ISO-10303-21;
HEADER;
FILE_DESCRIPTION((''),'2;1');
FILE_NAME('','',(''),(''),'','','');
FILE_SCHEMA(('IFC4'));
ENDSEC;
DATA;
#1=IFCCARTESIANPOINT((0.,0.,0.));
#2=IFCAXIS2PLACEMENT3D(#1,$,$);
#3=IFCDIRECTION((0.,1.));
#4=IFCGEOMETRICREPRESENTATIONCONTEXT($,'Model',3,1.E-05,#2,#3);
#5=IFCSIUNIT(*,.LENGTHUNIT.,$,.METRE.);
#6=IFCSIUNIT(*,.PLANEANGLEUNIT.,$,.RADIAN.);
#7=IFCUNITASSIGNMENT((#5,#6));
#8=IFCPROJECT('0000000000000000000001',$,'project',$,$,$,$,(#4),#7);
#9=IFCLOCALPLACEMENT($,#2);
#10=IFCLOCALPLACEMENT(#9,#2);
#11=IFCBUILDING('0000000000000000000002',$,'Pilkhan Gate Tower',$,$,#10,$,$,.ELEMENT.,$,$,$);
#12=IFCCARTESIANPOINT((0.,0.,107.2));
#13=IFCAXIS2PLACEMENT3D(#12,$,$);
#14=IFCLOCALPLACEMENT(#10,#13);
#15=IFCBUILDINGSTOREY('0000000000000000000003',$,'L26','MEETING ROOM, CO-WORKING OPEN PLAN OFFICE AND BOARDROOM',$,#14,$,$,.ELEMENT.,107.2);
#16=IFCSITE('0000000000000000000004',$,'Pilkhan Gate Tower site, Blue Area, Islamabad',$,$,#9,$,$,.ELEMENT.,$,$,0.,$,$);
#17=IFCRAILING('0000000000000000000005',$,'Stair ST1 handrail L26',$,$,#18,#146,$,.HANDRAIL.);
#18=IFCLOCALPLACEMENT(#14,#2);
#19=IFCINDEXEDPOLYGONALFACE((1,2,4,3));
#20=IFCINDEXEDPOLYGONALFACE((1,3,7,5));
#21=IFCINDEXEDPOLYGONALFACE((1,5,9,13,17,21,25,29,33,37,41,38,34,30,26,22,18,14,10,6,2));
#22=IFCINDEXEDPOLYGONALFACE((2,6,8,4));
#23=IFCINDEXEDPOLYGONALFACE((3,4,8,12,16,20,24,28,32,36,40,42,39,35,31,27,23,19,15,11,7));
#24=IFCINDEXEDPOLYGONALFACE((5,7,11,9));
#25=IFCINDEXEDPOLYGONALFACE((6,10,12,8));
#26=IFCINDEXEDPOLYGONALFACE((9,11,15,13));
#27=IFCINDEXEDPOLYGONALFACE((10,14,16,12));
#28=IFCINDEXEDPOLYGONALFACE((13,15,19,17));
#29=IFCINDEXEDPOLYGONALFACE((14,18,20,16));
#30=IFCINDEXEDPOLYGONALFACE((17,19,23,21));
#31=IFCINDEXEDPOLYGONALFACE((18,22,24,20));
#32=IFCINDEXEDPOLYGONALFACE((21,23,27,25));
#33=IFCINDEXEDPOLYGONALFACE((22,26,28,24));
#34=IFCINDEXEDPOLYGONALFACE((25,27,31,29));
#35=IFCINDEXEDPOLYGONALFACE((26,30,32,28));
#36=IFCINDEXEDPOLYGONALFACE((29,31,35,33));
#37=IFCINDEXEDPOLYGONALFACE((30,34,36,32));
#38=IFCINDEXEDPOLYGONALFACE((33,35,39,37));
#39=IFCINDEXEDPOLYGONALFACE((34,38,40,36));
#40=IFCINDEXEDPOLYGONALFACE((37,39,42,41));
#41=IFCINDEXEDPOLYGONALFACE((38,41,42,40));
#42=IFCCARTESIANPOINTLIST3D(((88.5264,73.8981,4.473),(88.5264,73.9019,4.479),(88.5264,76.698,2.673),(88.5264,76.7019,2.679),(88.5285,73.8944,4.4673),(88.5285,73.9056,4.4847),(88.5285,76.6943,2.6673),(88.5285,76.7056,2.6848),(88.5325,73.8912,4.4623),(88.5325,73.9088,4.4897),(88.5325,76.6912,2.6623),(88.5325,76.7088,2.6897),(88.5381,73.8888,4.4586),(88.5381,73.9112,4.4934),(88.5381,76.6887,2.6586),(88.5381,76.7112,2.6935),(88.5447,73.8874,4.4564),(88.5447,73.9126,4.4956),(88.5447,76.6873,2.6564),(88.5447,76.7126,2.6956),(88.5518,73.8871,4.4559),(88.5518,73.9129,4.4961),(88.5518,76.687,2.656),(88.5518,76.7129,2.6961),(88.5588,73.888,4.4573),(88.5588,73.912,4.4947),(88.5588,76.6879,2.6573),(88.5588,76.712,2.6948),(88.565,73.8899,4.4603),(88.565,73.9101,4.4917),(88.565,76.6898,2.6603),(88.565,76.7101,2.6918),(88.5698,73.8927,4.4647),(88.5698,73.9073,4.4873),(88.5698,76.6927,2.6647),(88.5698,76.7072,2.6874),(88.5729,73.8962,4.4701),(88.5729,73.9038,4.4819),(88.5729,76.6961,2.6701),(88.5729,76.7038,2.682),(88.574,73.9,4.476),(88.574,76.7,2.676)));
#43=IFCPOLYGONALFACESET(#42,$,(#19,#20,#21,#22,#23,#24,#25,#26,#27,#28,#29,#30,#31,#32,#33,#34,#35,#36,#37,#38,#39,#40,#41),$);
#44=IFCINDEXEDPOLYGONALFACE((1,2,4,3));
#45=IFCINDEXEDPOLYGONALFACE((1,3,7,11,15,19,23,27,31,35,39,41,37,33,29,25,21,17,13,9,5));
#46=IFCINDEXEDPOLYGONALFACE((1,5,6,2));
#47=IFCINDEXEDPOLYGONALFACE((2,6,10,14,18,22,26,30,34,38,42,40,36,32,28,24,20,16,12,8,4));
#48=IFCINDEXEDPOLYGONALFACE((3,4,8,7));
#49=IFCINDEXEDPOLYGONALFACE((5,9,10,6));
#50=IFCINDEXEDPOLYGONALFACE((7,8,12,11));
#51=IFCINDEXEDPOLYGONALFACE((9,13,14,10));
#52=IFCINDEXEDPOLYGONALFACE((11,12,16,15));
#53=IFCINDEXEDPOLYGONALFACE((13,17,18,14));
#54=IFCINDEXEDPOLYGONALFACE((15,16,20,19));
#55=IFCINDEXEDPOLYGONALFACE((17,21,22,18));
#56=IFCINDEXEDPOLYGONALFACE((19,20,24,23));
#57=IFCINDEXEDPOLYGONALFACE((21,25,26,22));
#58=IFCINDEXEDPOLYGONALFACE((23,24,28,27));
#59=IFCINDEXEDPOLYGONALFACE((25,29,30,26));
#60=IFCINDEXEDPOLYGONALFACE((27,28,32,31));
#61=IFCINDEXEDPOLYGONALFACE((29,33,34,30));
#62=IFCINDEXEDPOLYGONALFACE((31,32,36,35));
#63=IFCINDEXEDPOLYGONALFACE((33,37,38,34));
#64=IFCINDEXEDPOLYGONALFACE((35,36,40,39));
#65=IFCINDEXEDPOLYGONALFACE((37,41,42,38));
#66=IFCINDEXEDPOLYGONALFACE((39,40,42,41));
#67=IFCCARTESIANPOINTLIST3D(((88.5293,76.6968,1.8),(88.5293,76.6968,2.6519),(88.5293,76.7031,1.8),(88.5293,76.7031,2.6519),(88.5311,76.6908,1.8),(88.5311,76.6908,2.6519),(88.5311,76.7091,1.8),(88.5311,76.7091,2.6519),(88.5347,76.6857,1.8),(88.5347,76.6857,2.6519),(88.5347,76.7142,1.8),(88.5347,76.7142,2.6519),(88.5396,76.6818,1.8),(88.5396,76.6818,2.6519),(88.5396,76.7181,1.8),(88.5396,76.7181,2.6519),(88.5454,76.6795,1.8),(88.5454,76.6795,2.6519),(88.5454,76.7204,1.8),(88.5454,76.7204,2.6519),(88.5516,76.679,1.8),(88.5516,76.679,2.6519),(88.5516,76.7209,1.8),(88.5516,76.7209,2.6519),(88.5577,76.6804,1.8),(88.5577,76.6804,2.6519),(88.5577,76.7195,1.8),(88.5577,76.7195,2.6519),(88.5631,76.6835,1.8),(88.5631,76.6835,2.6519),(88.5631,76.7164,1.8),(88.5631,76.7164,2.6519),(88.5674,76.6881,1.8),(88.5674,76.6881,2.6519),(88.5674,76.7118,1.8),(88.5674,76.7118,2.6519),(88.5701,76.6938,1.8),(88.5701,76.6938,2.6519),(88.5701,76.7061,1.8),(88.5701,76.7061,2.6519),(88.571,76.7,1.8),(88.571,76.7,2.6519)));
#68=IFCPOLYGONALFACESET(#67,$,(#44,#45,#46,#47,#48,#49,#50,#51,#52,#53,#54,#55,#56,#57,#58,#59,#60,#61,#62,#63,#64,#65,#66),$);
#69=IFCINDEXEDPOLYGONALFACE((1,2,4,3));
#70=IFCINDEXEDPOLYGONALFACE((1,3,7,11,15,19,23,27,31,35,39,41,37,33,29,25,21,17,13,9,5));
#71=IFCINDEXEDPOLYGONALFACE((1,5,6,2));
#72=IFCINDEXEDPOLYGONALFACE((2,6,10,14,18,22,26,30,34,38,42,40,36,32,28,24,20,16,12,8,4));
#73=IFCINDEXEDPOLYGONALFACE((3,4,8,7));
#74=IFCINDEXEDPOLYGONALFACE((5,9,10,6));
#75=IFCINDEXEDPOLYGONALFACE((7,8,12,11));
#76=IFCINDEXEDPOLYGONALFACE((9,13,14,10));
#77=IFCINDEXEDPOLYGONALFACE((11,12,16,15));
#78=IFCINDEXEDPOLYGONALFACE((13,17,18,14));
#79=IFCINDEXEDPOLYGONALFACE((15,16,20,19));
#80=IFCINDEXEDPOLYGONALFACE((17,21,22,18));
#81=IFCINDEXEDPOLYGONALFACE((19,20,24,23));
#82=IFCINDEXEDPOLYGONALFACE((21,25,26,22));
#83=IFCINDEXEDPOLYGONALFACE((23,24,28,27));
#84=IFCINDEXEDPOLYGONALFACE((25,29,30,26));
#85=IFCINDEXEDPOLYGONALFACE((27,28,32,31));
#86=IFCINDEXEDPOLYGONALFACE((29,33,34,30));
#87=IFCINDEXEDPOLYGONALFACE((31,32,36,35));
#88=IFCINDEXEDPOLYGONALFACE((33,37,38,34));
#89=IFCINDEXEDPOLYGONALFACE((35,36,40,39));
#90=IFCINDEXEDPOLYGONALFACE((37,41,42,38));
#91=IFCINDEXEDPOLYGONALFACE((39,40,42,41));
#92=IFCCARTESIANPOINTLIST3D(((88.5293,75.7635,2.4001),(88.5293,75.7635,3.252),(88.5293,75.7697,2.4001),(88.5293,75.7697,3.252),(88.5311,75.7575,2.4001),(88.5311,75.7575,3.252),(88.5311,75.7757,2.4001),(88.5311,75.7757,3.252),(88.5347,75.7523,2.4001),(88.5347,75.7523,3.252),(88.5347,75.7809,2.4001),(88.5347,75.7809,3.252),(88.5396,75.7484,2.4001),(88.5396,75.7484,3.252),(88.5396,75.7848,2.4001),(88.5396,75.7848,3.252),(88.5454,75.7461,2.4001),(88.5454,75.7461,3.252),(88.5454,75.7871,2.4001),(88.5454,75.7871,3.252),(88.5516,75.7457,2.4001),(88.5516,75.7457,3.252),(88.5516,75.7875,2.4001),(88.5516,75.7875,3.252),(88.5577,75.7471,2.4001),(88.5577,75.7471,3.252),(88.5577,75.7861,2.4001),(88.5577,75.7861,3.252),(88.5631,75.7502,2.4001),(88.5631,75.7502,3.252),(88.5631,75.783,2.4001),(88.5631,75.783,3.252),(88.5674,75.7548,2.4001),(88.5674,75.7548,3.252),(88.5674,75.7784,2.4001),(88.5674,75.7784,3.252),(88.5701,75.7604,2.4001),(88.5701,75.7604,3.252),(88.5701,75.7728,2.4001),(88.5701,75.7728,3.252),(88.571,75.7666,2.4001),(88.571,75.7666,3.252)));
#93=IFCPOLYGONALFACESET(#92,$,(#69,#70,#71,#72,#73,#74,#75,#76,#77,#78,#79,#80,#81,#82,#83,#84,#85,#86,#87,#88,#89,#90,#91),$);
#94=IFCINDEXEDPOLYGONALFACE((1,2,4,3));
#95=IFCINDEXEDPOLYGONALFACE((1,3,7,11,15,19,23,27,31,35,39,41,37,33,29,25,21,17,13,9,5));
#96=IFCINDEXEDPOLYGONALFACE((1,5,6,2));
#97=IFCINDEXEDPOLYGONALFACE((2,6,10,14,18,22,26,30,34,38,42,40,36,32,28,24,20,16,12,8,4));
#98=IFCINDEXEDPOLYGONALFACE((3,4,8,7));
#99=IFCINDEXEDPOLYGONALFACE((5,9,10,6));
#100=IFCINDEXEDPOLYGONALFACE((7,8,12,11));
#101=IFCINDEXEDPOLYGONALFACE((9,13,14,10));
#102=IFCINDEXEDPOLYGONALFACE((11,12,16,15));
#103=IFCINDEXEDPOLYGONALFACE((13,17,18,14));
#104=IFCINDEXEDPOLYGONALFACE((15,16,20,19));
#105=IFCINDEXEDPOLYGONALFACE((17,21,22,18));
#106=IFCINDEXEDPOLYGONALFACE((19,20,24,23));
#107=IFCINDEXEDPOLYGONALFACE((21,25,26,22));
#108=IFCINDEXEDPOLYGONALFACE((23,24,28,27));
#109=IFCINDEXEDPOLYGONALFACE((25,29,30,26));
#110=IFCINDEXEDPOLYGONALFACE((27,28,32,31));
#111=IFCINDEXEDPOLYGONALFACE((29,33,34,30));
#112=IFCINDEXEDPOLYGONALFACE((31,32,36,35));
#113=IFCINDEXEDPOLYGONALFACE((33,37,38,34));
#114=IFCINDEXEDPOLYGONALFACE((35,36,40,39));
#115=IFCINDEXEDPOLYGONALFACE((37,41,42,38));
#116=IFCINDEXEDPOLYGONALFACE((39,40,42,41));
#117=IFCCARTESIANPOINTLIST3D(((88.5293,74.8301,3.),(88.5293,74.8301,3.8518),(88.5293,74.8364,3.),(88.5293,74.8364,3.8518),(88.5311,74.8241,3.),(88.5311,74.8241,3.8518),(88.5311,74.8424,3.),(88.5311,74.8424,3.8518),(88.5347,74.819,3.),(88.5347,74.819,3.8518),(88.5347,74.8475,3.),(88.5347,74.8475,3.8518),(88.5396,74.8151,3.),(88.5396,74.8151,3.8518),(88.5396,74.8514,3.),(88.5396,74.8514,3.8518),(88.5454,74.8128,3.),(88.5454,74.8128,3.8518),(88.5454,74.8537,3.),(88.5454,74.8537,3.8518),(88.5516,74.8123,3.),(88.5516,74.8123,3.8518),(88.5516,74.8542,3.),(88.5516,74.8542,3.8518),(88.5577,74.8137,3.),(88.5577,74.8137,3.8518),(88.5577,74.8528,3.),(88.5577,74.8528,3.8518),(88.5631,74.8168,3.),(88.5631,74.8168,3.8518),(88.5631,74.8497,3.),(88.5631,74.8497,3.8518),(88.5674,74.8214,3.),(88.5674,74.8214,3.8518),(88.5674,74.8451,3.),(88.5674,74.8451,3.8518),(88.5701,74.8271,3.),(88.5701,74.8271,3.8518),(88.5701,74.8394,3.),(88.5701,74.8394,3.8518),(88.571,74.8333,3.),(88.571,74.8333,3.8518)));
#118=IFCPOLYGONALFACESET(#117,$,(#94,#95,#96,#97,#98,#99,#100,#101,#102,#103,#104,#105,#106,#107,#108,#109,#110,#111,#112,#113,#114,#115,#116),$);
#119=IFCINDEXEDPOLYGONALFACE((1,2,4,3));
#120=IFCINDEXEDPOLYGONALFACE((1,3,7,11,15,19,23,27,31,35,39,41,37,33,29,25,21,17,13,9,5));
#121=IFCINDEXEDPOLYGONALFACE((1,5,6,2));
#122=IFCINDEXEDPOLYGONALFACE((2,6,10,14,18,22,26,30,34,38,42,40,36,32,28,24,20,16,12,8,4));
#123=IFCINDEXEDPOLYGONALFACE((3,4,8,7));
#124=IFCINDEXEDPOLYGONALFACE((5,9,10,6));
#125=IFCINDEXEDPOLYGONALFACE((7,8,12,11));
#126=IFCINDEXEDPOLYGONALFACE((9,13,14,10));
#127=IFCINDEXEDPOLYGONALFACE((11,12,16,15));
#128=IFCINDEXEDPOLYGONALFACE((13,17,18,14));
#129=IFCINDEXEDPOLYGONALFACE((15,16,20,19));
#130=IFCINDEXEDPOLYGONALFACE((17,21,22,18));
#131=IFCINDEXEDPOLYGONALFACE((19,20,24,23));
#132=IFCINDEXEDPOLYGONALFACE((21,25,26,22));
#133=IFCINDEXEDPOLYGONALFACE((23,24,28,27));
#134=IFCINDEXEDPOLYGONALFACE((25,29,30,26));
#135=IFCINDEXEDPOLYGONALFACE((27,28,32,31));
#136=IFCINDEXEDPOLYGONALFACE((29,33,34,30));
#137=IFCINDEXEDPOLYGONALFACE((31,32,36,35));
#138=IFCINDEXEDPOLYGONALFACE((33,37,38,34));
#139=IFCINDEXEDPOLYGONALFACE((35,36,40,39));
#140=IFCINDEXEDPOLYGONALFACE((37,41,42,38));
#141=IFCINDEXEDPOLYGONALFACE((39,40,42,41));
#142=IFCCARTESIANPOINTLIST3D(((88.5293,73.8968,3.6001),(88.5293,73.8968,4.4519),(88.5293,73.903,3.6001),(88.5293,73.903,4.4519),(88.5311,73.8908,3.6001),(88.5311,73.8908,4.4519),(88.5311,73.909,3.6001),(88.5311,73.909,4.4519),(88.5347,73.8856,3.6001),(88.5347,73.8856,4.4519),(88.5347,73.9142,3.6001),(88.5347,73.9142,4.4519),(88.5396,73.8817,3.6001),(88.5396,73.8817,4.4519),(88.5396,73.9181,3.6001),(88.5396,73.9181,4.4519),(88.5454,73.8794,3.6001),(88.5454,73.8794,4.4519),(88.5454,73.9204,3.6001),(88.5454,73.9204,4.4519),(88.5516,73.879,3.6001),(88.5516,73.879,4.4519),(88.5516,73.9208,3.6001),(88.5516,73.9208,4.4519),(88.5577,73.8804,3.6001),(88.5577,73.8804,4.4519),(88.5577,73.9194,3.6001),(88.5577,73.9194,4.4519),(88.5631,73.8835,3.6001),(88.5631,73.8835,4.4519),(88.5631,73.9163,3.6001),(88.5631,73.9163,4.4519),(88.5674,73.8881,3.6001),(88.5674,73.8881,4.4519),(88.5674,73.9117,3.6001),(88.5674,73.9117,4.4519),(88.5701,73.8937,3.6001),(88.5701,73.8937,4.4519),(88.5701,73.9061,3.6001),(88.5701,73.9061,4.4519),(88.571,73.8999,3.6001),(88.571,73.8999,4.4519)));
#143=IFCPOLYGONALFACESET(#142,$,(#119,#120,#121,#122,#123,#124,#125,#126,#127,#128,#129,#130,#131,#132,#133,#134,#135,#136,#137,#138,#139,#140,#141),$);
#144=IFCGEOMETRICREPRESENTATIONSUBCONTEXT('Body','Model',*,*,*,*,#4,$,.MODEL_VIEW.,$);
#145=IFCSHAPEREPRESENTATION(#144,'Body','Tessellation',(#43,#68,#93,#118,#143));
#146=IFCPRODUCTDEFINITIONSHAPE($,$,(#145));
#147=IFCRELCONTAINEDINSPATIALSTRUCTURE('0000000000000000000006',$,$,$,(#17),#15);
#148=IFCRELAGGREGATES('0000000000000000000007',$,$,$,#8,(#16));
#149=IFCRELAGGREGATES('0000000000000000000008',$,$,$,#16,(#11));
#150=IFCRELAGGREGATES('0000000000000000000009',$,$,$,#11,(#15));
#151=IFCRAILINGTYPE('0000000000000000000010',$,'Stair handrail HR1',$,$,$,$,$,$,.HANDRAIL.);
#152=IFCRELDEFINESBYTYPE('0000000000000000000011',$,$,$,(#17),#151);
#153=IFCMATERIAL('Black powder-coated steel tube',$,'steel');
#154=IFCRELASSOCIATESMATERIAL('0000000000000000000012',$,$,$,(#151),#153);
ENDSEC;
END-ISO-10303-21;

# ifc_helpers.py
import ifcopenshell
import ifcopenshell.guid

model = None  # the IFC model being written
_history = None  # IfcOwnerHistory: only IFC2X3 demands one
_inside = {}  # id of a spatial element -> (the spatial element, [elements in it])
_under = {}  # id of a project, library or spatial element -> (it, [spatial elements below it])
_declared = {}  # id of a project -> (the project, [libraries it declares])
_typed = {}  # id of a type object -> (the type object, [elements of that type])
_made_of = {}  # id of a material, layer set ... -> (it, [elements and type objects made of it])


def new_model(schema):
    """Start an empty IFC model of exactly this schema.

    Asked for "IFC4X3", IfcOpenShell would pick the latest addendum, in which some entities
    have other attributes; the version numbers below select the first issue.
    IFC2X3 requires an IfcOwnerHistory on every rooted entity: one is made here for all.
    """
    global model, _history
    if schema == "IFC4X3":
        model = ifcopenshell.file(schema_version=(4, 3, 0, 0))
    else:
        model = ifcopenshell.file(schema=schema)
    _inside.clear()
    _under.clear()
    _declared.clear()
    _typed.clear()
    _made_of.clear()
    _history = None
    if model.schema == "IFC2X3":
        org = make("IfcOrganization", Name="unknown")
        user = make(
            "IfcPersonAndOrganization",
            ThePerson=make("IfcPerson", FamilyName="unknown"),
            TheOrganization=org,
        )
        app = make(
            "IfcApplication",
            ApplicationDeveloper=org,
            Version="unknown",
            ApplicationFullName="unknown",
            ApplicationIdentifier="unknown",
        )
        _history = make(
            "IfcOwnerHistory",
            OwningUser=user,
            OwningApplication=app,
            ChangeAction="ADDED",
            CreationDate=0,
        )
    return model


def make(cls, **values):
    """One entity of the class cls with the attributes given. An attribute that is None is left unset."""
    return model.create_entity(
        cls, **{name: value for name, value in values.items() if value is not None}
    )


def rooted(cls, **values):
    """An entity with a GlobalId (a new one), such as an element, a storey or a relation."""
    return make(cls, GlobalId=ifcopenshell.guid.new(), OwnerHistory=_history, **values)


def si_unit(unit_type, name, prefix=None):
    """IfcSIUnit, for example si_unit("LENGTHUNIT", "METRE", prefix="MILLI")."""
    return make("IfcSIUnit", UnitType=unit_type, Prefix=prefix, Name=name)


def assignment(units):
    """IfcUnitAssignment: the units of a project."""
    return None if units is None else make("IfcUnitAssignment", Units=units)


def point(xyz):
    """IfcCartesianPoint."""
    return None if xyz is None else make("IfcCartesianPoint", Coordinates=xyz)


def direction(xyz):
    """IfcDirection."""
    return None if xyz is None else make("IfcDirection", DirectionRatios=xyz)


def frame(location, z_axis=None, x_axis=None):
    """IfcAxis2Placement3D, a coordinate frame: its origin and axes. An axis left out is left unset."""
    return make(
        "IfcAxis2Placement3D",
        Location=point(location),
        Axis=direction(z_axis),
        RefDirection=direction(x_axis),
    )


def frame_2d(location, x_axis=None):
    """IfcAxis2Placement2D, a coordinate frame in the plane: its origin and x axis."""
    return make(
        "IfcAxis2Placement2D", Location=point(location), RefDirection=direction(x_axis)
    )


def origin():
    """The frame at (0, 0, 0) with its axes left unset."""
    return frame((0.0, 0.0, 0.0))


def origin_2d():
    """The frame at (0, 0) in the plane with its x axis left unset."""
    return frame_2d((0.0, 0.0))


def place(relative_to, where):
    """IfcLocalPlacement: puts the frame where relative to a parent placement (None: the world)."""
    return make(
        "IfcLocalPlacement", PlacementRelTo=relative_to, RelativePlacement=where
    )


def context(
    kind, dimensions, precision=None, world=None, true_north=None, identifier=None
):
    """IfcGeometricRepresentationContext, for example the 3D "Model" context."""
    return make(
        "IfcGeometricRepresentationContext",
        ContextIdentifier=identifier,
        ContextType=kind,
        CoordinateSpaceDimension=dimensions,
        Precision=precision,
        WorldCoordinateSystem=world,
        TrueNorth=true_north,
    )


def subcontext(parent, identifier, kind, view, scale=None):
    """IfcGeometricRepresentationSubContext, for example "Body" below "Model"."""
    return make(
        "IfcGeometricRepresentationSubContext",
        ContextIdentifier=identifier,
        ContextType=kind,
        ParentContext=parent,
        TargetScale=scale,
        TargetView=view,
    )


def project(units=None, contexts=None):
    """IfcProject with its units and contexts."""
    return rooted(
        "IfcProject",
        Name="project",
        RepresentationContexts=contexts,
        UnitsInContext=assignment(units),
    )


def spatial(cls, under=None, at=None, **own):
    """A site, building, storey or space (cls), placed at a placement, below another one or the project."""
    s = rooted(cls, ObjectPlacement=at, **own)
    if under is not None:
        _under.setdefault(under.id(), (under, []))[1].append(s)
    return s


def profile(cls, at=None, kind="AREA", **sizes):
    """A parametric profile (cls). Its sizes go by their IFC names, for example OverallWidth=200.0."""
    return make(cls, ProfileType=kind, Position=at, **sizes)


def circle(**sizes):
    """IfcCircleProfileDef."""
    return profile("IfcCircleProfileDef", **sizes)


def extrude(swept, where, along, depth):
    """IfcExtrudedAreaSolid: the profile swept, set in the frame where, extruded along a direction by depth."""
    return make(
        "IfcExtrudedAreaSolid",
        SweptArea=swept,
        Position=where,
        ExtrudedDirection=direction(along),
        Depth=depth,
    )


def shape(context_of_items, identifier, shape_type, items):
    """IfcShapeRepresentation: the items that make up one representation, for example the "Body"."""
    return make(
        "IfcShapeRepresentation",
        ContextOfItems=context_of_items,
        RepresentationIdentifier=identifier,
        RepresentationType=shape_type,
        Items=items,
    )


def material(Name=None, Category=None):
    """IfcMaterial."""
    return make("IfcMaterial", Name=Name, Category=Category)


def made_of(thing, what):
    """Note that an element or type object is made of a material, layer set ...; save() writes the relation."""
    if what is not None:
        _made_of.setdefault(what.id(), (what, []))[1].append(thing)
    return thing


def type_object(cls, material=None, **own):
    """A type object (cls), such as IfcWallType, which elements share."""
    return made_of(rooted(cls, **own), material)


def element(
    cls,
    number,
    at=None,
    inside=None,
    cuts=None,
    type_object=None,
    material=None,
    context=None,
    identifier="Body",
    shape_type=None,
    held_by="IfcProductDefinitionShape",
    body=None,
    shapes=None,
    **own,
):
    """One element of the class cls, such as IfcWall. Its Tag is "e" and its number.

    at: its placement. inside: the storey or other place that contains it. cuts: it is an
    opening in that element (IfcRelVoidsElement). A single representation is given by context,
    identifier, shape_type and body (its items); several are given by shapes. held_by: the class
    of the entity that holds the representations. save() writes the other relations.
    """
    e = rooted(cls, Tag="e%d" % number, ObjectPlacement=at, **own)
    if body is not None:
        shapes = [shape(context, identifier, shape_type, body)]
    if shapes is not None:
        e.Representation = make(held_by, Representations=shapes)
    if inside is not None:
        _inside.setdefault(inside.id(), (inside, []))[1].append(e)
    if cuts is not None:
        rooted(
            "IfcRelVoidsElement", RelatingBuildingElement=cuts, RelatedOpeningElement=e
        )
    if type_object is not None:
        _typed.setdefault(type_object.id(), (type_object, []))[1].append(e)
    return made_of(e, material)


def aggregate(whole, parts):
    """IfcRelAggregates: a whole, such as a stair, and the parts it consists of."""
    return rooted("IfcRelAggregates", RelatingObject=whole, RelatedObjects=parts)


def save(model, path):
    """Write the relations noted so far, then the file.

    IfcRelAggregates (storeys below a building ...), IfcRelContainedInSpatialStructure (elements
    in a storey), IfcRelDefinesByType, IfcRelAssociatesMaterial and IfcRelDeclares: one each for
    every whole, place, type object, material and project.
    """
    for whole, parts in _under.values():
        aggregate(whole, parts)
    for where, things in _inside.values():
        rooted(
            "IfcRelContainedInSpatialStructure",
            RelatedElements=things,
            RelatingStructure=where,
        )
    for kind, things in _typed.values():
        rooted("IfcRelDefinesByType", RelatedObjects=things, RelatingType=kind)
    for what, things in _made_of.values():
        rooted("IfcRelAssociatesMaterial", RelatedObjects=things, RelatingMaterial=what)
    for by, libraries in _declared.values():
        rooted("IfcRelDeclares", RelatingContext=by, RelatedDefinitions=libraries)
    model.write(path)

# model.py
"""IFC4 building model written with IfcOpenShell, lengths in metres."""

from ifc_helpers import new_model, si_unit, direction, frame, origin, origin_2d, place, context, subcontext, project, spatial, circle, extrude, material, type_object, element, save


model = new_model("IFC4")

# Units and contexts
model_context = context("Model", 3, precision=1e-05, world=origin(), true_north=direction((0.0, 1.0)))
body_context = subcontext(model_context, "Body", "Model", "MODEL_VIEW")
ifc_project = project(units=[si_unit("LENGTHUNIT", "METRE"), si_unit("PLANEANGLEUNIT", "RADIAN")], contexts=[model_context])

# Site, building, storey
site_placement = place(None, origin())
site = spatial("IfcSite", under=ifc_project, at=site_placement, Name="Pilkhan Gate Tower site, Blue Area, Islamabad", CompositionType="ELEMENT", RefElevation=0.0)
building_placement = place(site_placement, origin())
building = spatial("IfcBuilding", under=site, at=building_placement, Name="Pilkhan Gate Tower", CompositionType="ELEMENT")
storey_placement = place(building_placement, frame((0.0, 0.0, 107.2)))
storey = spatial("IfcBuildingStorey", under=building, at=storey_placement, Name="L26", Description="MEETING ROOM, CO-WORKING OPEN PLAN OFFICE AND BOARDROOM", CompositionType="ELEMENT", Elevation=107.2)

# Railing
ifc_material_1 = material(Name="Black powder-coated steel tube", Category="steel")
railing_type_1 = type_object("IfcRailingType", Name="Stair handrail HR1", PredefinedType="HANDRAIL", material=ifc_material_1)
railing_placement = place(storey_placement, frame((88.55, 76.7, 1.8)))
element("IfcRailing", 1, at=railing_placement, inside=storey, type_object=railing_type_1, Name="Stair ST1 handrail L26", PredefinedType="HANDRAIL", context=body_context, shape_type="SweptSolid", body=[
    extrude(circle(Radius=0.0239, at=origin_2d()), frame((0.0, 0.0, 0.876), z_axis=(0.0, -0.841176, 0.540761), x_axis=(1.0, 0.0, 0.0)), (0.0, 0.0, 1.0), 3.3286),
    extrude(circle(Radius=0.021, at=origin_2d()), origin(), (0.0, 0.0, 1.0), 0.8518),
    extrude(circle(Radius=0.021, at=origin_2d()), frame((0.0, -0.9333, 0.6001)), (0.0, 0.0, 1.0), 0.8518),
    extrude(circle(Radius=0.021, at=origin_2d()), frame((0.0, -1.8667, 1.2)), (0.0, 0.0, 1.0), 0.8518),
    extrude(circle(Radius=0.021, at=origin_2d()), frame((0.0, -2.8, 1.8)), (0.0, 0.0, 1.0), 0.8518),
])

save(model, "model.ifc")
